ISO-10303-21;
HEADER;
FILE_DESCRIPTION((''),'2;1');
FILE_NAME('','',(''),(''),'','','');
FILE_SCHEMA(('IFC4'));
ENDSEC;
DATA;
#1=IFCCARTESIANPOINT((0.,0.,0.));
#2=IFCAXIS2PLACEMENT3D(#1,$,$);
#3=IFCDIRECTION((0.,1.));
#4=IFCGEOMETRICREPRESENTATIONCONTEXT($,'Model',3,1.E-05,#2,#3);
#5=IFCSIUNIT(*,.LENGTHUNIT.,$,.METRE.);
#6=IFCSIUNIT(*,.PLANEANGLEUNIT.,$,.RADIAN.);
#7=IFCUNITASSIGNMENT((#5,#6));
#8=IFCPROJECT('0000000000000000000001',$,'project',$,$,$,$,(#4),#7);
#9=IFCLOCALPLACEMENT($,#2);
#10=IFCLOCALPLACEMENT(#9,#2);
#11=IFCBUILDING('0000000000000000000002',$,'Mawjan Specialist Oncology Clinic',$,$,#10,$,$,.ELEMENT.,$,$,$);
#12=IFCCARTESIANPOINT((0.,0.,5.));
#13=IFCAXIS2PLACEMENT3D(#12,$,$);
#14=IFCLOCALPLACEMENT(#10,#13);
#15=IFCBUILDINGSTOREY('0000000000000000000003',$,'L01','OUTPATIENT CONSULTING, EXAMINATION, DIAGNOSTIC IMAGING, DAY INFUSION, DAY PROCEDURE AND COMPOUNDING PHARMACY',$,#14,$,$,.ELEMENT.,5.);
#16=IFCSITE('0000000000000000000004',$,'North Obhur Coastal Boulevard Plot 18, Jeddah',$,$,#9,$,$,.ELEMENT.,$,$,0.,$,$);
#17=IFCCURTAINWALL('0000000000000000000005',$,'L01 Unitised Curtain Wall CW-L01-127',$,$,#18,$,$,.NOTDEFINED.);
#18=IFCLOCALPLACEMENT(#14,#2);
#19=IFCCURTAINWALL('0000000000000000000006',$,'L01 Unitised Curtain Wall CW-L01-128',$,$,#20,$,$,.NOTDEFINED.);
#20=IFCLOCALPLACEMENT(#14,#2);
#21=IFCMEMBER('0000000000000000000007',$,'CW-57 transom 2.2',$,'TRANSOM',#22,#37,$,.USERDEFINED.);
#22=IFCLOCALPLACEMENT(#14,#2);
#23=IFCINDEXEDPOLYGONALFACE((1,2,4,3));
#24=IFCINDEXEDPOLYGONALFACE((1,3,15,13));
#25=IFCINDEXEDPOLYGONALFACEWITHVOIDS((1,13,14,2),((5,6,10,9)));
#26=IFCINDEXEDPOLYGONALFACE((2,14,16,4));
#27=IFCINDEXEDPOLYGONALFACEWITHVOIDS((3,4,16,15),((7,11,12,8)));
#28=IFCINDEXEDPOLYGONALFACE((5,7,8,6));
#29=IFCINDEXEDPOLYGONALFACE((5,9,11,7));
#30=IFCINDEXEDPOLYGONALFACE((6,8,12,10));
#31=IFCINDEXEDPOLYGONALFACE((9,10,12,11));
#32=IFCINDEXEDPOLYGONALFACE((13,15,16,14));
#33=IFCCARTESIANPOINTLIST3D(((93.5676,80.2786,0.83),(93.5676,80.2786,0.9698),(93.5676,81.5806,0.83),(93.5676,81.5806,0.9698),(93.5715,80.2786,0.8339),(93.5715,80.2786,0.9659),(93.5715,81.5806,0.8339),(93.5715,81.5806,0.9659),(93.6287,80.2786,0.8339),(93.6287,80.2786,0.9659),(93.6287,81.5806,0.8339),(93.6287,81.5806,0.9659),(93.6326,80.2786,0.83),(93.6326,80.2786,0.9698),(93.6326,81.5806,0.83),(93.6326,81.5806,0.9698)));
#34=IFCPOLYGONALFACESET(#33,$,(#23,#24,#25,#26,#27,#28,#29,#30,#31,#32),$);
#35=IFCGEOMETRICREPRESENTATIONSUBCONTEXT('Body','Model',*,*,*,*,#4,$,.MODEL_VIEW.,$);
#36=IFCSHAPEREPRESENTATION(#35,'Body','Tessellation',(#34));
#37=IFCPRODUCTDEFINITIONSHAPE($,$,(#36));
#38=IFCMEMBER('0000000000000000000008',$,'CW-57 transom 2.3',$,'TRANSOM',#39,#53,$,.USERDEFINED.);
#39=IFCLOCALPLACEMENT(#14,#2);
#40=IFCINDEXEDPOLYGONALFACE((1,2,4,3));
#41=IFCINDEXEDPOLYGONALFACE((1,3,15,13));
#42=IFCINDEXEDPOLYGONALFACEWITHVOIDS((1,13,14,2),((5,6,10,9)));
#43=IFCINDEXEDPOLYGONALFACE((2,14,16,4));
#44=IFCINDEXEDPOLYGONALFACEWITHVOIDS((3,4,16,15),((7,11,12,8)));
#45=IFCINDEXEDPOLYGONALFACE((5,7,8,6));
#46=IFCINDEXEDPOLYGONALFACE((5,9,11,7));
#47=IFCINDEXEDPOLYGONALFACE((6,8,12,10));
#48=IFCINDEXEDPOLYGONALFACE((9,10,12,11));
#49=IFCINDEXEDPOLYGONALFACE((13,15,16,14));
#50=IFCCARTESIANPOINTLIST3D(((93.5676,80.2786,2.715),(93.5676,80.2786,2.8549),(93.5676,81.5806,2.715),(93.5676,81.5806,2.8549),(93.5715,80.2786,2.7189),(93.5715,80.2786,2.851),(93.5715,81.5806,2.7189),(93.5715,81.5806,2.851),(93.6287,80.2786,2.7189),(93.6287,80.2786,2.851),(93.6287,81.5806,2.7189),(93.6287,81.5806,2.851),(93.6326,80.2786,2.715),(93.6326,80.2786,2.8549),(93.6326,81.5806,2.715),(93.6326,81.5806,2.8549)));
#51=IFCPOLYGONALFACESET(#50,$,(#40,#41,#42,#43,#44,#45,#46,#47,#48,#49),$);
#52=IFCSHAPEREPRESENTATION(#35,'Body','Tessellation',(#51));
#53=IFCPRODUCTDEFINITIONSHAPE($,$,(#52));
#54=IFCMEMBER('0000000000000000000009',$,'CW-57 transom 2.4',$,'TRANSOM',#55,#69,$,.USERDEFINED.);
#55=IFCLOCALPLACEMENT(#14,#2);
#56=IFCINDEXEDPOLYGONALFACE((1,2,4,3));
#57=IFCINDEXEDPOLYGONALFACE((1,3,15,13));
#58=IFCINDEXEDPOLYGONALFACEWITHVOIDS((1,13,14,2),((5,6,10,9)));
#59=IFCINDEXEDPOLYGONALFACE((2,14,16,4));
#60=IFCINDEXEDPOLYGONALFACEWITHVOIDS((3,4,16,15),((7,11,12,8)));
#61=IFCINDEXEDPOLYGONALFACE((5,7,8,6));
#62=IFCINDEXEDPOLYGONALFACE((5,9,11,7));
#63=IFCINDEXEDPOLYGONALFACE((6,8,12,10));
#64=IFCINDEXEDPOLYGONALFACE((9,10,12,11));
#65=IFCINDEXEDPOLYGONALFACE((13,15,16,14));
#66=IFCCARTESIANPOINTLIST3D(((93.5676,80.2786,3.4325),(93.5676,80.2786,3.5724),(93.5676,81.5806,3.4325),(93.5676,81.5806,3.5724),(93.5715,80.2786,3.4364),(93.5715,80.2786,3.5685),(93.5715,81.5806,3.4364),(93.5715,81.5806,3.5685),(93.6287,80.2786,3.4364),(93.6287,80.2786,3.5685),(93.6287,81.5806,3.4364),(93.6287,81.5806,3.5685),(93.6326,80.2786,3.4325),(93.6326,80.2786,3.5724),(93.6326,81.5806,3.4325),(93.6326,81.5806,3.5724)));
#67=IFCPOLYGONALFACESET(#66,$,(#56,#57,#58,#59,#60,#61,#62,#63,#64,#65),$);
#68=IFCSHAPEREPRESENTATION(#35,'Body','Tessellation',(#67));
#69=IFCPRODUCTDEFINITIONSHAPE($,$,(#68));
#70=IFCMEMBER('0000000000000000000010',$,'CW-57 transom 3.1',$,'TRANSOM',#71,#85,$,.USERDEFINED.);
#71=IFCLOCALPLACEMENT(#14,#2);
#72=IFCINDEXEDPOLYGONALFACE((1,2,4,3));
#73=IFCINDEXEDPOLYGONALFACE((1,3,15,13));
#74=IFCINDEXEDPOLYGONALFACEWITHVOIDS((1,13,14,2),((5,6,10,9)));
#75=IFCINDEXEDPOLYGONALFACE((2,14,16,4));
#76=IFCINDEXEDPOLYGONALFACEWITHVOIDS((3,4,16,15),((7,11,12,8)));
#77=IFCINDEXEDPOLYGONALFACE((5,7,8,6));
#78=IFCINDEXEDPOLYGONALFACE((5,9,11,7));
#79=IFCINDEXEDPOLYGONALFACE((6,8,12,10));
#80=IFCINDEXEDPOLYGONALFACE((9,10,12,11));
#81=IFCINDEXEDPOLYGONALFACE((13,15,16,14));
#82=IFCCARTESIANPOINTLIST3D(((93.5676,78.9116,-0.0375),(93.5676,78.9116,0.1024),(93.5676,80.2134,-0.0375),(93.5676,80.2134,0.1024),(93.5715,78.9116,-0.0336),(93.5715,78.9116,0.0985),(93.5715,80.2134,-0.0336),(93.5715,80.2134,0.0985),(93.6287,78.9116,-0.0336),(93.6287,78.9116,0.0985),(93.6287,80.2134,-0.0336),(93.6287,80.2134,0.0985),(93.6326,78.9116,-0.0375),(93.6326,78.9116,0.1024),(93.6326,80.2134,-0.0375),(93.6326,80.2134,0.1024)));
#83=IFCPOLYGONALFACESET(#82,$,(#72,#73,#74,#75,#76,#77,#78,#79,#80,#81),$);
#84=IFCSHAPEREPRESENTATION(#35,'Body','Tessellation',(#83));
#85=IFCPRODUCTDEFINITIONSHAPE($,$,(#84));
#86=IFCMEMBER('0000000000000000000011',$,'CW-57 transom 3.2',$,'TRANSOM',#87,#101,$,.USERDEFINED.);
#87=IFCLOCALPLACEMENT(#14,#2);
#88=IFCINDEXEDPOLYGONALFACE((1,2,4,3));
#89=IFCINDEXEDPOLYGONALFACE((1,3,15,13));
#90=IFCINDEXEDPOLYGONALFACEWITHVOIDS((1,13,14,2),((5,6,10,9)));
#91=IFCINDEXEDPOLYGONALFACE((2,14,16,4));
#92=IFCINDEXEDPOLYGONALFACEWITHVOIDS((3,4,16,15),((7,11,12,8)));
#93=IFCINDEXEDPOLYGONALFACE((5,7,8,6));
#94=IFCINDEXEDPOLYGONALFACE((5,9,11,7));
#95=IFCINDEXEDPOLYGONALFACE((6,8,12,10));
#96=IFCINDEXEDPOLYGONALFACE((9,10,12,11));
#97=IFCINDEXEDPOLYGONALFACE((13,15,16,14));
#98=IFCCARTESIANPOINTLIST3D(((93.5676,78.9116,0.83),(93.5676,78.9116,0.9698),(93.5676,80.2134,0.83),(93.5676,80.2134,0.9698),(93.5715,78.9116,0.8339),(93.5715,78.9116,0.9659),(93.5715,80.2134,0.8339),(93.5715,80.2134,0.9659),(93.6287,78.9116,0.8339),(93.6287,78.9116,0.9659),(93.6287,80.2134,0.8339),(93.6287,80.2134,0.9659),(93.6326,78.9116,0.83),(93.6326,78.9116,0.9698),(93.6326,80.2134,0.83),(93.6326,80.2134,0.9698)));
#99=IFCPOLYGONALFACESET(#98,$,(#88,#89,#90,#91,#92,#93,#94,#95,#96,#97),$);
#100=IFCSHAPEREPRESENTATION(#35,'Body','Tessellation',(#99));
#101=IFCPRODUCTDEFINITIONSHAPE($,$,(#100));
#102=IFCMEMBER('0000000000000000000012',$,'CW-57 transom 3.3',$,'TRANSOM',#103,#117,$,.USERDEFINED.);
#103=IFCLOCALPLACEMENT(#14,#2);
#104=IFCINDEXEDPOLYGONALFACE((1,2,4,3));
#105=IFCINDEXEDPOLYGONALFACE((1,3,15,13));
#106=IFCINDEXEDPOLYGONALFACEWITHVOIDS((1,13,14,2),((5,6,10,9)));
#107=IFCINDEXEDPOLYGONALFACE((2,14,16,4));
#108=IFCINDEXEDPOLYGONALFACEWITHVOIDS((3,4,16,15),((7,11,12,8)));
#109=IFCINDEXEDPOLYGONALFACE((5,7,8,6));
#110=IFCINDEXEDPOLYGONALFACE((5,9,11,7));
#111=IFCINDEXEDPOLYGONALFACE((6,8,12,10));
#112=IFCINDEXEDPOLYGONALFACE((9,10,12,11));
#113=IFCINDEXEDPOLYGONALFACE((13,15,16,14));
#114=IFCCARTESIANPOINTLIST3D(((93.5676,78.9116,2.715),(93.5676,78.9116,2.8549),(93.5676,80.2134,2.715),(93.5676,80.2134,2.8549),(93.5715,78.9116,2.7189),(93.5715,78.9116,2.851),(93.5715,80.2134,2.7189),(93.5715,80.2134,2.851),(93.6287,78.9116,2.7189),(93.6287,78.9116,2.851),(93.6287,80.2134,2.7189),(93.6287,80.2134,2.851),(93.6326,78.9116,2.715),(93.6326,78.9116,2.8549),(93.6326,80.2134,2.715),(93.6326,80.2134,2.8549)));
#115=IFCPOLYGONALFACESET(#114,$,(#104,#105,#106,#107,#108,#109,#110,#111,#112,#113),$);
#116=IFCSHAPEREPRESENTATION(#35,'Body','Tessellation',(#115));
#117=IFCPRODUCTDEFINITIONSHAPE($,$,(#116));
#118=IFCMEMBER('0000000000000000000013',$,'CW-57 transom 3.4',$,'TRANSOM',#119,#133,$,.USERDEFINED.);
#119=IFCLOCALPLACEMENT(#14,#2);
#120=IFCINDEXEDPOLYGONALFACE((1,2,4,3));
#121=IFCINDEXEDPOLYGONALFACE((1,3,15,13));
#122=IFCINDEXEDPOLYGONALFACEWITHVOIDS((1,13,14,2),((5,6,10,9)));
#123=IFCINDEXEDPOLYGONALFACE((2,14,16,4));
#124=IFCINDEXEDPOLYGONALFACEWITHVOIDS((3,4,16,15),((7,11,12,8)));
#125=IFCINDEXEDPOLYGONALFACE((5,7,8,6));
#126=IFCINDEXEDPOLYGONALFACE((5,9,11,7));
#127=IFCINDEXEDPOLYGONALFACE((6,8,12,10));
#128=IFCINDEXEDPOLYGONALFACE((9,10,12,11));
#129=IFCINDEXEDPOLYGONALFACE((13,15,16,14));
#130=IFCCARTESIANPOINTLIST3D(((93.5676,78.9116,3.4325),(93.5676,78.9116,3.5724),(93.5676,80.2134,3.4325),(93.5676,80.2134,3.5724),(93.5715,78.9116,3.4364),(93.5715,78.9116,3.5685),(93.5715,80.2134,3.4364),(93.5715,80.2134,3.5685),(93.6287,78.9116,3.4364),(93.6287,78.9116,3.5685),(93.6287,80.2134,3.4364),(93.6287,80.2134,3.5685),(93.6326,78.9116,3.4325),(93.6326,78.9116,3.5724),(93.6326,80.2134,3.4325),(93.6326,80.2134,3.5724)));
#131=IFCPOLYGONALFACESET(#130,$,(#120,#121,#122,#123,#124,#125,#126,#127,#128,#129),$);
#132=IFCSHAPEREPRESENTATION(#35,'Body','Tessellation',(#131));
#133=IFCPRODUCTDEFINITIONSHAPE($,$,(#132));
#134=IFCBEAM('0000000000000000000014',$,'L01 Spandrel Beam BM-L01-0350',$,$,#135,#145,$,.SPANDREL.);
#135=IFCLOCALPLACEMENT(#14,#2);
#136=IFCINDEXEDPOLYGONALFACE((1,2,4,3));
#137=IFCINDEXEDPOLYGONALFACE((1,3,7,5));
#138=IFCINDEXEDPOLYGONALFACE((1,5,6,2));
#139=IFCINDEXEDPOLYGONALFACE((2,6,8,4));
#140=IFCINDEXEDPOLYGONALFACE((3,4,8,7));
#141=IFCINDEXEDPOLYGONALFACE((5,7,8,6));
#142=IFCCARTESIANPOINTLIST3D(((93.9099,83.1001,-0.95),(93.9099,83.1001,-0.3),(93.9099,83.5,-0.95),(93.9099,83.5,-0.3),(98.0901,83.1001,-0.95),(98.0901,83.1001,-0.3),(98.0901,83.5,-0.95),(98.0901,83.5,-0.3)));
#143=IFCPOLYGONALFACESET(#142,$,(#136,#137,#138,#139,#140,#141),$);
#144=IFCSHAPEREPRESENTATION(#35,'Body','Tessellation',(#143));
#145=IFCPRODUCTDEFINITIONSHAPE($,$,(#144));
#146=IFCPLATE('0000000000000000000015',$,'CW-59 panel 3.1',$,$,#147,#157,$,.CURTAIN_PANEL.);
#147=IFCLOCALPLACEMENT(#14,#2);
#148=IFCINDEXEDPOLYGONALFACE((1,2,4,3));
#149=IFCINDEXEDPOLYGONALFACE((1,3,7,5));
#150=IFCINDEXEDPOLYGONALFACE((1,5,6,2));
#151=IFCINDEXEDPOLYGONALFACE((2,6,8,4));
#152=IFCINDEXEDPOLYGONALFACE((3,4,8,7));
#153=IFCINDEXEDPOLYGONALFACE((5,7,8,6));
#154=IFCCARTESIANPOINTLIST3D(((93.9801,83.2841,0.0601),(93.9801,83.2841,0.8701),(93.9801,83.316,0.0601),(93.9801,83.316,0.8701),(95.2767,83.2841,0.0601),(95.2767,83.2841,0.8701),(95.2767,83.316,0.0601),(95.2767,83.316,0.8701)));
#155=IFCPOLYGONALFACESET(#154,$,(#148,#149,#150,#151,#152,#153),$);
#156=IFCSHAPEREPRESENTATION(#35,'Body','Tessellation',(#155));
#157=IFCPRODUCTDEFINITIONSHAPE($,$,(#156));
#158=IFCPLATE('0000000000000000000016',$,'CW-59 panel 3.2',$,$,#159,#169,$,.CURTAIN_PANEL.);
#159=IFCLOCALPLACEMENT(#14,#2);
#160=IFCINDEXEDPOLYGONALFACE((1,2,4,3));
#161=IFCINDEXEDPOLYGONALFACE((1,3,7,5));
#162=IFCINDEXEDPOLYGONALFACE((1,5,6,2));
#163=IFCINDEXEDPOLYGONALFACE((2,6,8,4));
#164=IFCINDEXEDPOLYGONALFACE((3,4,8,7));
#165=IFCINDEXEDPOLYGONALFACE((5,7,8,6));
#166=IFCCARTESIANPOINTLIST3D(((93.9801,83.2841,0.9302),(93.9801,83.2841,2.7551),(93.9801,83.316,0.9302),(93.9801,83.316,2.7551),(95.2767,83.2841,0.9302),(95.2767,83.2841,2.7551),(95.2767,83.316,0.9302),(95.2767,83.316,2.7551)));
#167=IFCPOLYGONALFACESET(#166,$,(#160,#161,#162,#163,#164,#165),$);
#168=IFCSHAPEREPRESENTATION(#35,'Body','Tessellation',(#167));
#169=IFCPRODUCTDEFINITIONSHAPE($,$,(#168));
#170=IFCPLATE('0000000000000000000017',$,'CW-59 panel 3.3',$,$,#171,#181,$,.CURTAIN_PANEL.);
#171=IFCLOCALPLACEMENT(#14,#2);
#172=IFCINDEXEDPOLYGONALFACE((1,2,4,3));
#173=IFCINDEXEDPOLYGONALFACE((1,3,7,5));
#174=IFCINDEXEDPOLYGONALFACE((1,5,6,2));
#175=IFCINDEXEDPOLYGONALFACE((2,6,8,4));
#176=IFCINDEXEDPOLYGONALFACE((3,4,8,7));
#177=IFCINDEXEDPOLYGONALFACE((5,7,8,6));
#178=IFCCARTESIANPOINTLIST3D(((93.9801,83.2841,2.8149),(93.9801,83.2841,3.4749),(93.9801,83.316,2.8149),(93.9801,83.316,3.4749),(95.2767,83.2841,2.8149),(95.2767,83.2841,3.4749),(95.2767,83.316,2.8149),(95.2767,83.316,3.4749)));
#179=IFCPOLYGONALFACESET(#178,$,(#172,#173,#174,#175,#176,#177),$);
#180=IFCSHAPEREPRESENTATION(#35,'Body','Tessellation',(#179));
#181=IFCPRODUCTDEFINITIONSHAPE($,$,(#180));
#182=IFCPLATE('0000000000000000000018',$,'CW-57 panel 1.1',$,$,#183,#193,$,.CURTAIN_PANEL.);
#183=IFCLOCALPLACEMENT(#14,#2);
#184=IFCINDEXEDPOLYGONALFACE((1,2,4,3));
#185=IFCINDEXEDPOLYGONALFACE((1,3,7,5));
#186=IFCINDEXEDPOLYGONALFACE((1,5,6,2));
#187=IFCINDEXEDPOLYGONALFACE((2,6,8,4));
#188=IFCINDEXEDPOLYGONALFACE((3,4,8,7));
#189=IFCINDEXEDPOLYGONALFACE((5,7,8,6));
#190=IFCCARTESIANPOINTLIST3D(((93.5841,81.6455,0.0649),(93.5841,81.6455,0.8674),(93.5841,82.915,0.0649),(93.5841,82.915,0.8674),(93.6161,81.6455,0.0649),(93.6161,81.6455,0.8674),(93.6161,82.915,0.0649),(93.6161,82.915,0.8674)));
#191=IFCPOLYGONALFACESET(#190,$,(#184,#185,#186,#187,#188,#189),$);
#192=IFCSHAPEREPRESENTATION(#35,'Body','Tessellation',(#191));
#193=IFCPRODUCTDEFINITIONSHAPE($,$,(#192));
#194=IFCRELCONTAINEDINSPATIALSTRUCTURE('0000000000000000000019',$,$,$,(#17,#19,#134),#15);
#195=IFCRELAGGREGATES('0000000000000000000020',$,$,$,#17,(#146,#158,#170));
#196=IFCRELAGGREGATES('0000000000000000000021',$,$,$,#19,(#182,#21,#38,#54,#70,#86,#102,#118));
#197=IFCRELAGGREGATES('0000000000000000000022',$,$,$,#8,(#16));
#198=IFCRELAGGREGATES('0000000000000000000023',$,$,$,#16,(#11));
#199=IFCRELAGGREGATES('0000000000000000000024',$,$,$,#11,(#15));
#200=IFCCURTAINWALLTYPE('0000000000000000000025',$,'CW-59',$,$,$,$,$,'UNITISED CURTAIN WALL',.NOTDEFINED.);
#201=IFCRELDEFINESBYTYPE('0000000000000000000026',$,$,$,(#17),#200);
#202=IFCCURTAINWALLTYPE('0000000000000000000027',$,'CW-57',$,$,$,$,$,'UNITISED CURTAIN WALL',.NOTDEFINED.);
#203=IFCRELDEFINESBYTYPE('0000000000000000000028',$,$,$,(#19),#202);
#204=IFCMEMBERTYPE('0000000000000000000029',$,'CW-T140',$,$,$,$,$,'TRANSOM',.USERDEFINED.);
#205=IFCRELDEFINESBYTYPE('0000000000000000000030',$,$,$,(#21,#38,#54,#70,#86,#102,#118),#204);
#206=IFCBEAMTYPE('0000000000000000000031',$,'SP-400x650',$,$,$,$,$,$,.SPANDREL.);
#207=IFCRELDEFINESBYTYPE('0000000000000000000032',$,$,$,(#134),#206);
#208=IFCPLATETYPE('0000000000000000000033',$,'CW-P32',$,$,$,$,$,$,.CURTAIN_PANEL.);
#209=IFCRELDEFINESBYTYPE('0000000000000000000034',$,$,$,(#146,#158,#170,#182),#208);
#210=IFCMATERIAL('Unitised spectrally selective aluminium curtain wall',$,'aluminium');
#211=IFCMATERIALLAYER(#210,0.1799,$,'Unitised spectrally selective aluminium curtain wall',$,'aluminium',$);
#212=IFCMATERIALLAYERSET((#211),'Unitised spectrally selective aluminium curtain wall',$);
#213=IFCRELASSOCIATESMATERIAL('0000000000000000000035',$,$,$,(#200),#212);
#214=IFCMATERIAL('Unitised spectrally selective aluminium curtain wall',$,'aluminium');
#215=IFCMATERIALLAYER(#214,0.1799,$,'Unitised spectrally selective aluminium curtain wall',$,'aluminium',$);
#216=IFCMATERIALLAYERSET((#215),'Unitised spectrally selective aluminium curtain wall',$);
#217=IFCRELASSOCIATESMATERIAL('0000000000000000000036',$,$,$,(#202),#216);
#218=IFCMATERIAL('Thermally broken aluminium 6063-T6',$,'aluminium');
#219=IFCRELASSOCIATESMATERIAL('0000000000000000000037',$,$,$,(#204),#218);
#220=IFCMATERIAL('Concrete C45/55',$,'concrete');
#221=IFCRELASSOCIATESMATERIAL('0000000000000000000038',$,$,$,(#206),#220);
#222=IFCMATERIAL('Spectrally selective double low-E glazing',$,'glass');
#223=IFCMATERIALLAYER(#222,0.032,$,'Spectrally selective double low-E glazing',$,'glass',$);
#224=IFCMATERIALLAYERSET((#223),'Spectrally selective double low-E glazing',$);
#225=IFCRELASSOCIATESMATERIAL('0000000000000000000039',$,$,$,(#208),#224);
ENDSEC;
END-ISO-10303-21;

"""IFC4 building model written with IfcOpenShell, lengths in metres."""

from ifc_helpers import new_model, si_unit, direction, frame, origin, origin_2d, place, context, subcontext, project, spatial, rectangle, hollow_rectangle, extrude, material, layer, layer_set, material_profile, profile_set, type_object, element, aggregate, save


model = new_model("IFC4")

# Units and contexts
model_context = context("Model", 3, precision=1e-05, world=origin(), true_north=direction((0.0, 1.0)))
body_context = subcontext(model_context, "Body", "Model", "MODEL_VIEW")
ifc_project = project(units=[si_unit("LENGTHUNIT", "METRE"), si_unit("PLANEANGLEUNIT", "RADIAN")], contexts=[model_context])

# Site, building, storey
site_placement = place(None, origin())
site = spatial("IfcSite", under=ifc_project, at=site_placement, Name="North Obhur Coastal Boulevard Plot 18, Jeddah", CompositionType="ELEMENT", RefElevation=0.0)
building_placement = place(site_placement, origin())
building = spatial("IfcBuilding", under=site, at=building_placement, Name="Mawjan Specialist Oncology Clinic", CompositionType="ELEMENT")
storey_placement = place(building_placement, frame((0.0, 0.0, 5.0)))
storey = spatial("IfcBuildingStorey", under=building, at=storey_placement, Name="L01", Description="OUTPATIENT CONSULTING, EXAMINATION, DIAGNOSTIC IMAGING, DAY INFUSION, DAY PROCEDURE AND COMPOUNDING PHARMACY", CompositionType="ELEMENT", Elevation=5.0)

# Curtain wall
ifc_material_1 = material(Name="Unitised spectrally selective aluminium curtain wall", Category="aluminium")
ifc_layer_1 = layer(ifc_material_1, 0.1799, Name="Unitised spectrally selective aluminium curtain wall", Category="aluminium")
ifc_layer_set_1 = layer_set([ifc_layer_1], Name="Unitised spectrally selective aluminium curtain wall")
curtain_wall_type_1 = type_object("IfcCurtainWallType", Name="CW-59", ElementType="UNITISED CURTAIN WALL", PredefinedType="NOTDEFINED", material=ifc_layer_set_1)
curtain_wall_1_placement = place(storey_placement, origin())
curtain_wall_1 = element("IfcCurtainWall", 1, at=curtain_wall_1_placement, inside=storey, type_object=curtain_wall_type_1, Name="L01 Unitised Curtain Wall CW-L01-127", PredefinedType="NOTDEFINED")

# Curtain wall, members
ifc_material_2 = material(Name="Unitised spectrally selective aluminium curtain wall", Category="aluminium")
ifc_layer_2 = layer(ifc_material_2, 0.1799, Name="Unitised spectrally selective aluminium curtain wall", Category="aluminium")
ifc_layer_set_2 = layer_set([ifc_layer_2], Name="Unitised spectrally selective aluminium curtain wall")
curtain_wall_type_2 = type_object("IfcCurtainWallType", Name="CW-57", ElementType="UNITISED CURTAIN WALL", PredefinedType="NOTDEFINED", material=ifc_layer_set_2)
curtain_wall_2_placement = place(storey_placement, origin())
curtain_wall_2 = element("IfcCurtainWall", 2, at=curtain_wall_2_placement, inside=storey, type_object=curtain_wall_type_2, Name="L01 Unitised Curtain Wall CW-L01-128", PredefinedType="NOTDEFINED")
ifc_material_3 = material(Name="Thermally broken aluminium 6063-T6", Category="aluminium")
ifc_material_profile_1 = material_profile(ifc_material_3, hollow_rectangle(XDim=0.0649, YDim=0.1399, WallThickness=0.0039, at=origin_2d()), Name="ALU TRANSOM 140x65x4", Category="aluminium")
ifc_profile_set_1 = profile_set([ifc_material_profile_1], Name="Thermally broken aluminium 6063-T6")
member_type_1 = type_object("IfcMemberType", Name="CW-T140", ElementType="TRANSOM", PredefinedType="USERDEFINED", material=ifc_profile_set_1)
member_1_placement = place(storey_placement, frame((93.6001, 81.5806, 0.8999), z_axis=(0.0, -1.0, 0.0), x_axis=(1.0, 0.0, 0.0)))
member_1 = element("IfcMember", 3, at=member_1_placement, type_object=member_type_1, Name="CW-57 transom 2.2", ObjectType="TRANSOM", PredefinedType="USERDEFINED", context=body_context, shape_type="SweptSolid", body=[
    extrude(hollow_rectangle(XDim=0.0649, YDim=0.1399, WallThickness=0.0039, at=origin_2d()), origin(), (0.0, 0.0, 1.0), 1.302),
])
member_2_placement = place(storey_placement, frame((93.6001, 81.5806, 2.7849), z_axis=(0.0, -1.0, 0.0), x_axis=(1.0, 0.0, 0.0)))
member_2 = element("IfcMember", 4, at=member_2_placement, type_object=member_type_1, Name="CW-57 transom 2.3", ObjectType="TRANSOM", PredefinedType="USERDEFINED", context=body_context, shape_type="SweptSolid", body=[
    extrude(hollow_rectangle(XDim=0.0649, YDim=0.1399, WallThickness=0.0039, at=origin_2d()), origin(), (0.0, 0.0, 1.0), 1.302),
])
member_3_placement = place(storey_placement, frame((93.6001, 81.5806, 3.5024), z_axis=(0.0, -1.0, 0.0), x_axis=(1.0, 0.0, 0.0)))
member_3 = element("IfcMember", 5, at=member_3_placement, type_object=member_type_1, Name="CW-57 transom 2.4", ObjectType="TRANSOM", PredefinedType="USERDEFINED", context=body_context, shape_type="SweptSolid", body=[
    extrude(hollow_rectangle(XDim=0.0649, YDim=0.1399, WallThickness=0.0039, at=origin_2d()), origin(), (0.0, 0.0, 1.0), 1.302),
])
member_4_placement = place(storey_placement, frame((93.6001, 80.2134, 0.0325), z_axis=(0.0, -1.0, 0.0), x_axis=(1.0, 0.0, 0.0)))
member_4 = element("IfcMember", 6, at=member_4_placement, type_object=member_type_1, Name="CW-57 transom 3.1", ObjectType="TRANSOM", PredefinedType="USERDEFINED", context=body_context, shape_type="SweptSolid", body=[
    extrude(hollow_rectangle(XDim=0.0649, YDim=0.1399, WallThickness=0.0039, at=origin_2d()), origin(), (0.0, 0.0, 1.0), 1.3018),
])
member_5_placement = place(storey_placement, frame((93.6001, 80.2134, 0.8999), z_axis=(0.0, -1.0, 0.0), x_axis=(1.0, 0.0, 0.0)))
member_5 = element("IfcMember", 7, at=member_5_placement, type_object=member_type_1, Name="CW-57 transom 3.2", ObjectType="TRANSOM", PredefinedType="USERDEFINED", context=body_context, shape_type="SweptSolid", body=[
    extrude(hollow_rectangle(XDim=0.0649, YDim=0.1399, WallThickness=0.0039, at=origin_2d()), origin(), (0.0, 0.0, 1.0), 1.3018),
])
member_6_placement = place(storey_placement, frame((93.6001, 80.2134, 2.7849), z_axis=(0.0, -1.0, 0.0), x_axis=(1.0, 0.0, 0.0)))
member_6 = element("IfcMember", 8, at=member_6_placement, type_object=member_type_1, Name="CW-57 transom 3.3", ObjectType="TRANSOM", PredefinedType="USERDEFINED", context=body_context, shape_type="SweptSolid", body=[
    extrude(hollow_rectangle(XDim=0.0649, YDim=0.1399, WallThickness=0.0039, at=origin_2d()), origin(), (0.0, 0.0, 1.0), 1.3018),
])
member_7_placement = place(storey_placement, frame((93.6001, 80.2134, 3.5024), z_axis=(0.0, -1.0, 0.0), x_axis=(1.0, 0.0, 0.0)))
member_7 = element("IfcMember", 9, at=member_7_placement, type_object=member_type_1, Name="CW-57 transom 3.4", ObjectType="TRANSOM", PredefinedType="USERDEFINED", context=body_context, shape_type="SweptSolid", body=[
    extrude(hollow_rectangle(XDim=0.0649, YDim=0.1399, WallThickness=0.0039, at=origin_2d()), origin(), (0.0, 0.0, 1.0), 1.3018),
])

# Beam
ifc_material_4 = material(Name="Concrete C45/55", Category="concrete")
ifc_material_profile_2 = material_profile(ifc_material_4, rectangle(XDim=0.3999, YDim=0.6499, at=origin_2d()), Name="RC BM 400x650", Category="concrete")
ifc_profile_set_2 = profile_set([ifc_material_profile_2], Name="Concrete C45/55")
beam_type = type_object("IfcBeamType", Name="SP-400x650", PredefinedType="SPANDREL", material=ifc_profile_set_2)
beam_placement = place(storey_placement, frame((93.9099, 83.3, -0.625), z_axis=(1.0, 0.0, 0.0), x_axis=(0.0, 1.0, 0.0)))
element("IfcBeam", 10, at=beam_placement, inside=storey, type_object=beam_type, Name="L01 Spandrel Beam BM-L01-0350", PredefinedType="SPANDREL", context=body_context, shape_type="SweptSolid", body=[
    extrude(rectangle(XDim=0.3999, YDim=0.6499, at=origin_2d()), origin(), (0.0, 0.0, 1.0), 4.1802),
])

# Plates
ifc_material_5 = material(Name="Spectrally selective double low-E glazing", Category="glass")
ifc_layer_3 = layer(ifc_material_5, 0.032, Name="Spectrally selective double low-E glazing", Category="glass")
ifc_layer_set_3 = layer_set([ifc_layer_3], Name="Spectrally selective double low-E glazing")
plate_type = type_object("IfcPlateType", Name="CW-P32", PredefinedType="CURTAIN_PANEL", material=ifc_layer_set_3)
plate_1_placement = place(storey_placement, frame((94.6284, 83.3, 0.0601), z_axis=(0.0, 0.0, 1.0), x_axis=(-1.0, 0.0, 0.0)))
plate_1 = element("IfcPlate", 11, at=plate_1_placement, type_object=plate_type, Name="CW-59 panel 3.1", PredefinedType="CURTAIN_PANEL", context=body_context, shape_type="SweptSolid", body=[
    extrude(rectangle(XDim=1.2966, YDim=0.032, at=origin_2d()), origin(), (0.0, 0.0, 1.0), 0.8101),
])
plate_2_placement = place(storey_placement, frame((94.6284, 83.3, 0.9302), z_axis=(0.0, 0.0, 1.0), x_axis=(-1.0, 0.0, 0.0)))
plate_2 = element("IfcPlate", 12, at=plate_2_placement, type_object=plate_type, Name="CW-59 panel 3.2", PredefinedType="CURTAIN_PANEL", context=body_context, shape_type="SweptSolid", body=[
    extrude(rectangle(XDim=1.2966, YDim=0.032, at=origin_2d()), origin(), (0.0, 0.0, 1.0), 1.825),
])
plate_3_placement = place(storey_placement, frame((94.6284, 83.3, 2.8149), z_axis=(0.0, 0.0, 1.0), x_axis=(-1.0, 0.0, 0.0)))
plate_3 = element("IfcPlate", 13, at=plate_3_placement, type_object=plate_type, Name="CW-59 panel 3.3", PredefinedType="CURTAIN_PANEL", context=body_context, shape_type="SweptSolid", body=[
    extrude(rectangle(XDim=1.2966, YDim=0.032, at=origin_2d()), origin(), (0.0, 0.0, 1.0), 0.6599),
])
aggregate(curtain_wall_1, [plate_1, plate_2, plate_3])
plate_4_placement = place(storey_placement, frame((93.6001, 82.2803, 0.0649), z_axis=(0.0, 0.0, 1.0), x_axis=(0.0, -1.0, 0.0)))
plate_4 = element("IfcPlate", 14, at=plate_4_placement, type_object=plate_type, Name="CW-57 panel 1.1", PredefinedType="CURTAIN_PANEL", context=body_context, shape_type="SweptSolid", body=[
    extrude(rectangle(XDim=1.2695, YDim=0.032, at=origin_2d()), origin(), (0.0, 0.0, 1.0), 0.8025),
])
aggregate(curtain_wall_2, [plate_4, member_1, member_2, member_3, member_4, member_5, member_6, member_7])

save(model, "model.ifc")
